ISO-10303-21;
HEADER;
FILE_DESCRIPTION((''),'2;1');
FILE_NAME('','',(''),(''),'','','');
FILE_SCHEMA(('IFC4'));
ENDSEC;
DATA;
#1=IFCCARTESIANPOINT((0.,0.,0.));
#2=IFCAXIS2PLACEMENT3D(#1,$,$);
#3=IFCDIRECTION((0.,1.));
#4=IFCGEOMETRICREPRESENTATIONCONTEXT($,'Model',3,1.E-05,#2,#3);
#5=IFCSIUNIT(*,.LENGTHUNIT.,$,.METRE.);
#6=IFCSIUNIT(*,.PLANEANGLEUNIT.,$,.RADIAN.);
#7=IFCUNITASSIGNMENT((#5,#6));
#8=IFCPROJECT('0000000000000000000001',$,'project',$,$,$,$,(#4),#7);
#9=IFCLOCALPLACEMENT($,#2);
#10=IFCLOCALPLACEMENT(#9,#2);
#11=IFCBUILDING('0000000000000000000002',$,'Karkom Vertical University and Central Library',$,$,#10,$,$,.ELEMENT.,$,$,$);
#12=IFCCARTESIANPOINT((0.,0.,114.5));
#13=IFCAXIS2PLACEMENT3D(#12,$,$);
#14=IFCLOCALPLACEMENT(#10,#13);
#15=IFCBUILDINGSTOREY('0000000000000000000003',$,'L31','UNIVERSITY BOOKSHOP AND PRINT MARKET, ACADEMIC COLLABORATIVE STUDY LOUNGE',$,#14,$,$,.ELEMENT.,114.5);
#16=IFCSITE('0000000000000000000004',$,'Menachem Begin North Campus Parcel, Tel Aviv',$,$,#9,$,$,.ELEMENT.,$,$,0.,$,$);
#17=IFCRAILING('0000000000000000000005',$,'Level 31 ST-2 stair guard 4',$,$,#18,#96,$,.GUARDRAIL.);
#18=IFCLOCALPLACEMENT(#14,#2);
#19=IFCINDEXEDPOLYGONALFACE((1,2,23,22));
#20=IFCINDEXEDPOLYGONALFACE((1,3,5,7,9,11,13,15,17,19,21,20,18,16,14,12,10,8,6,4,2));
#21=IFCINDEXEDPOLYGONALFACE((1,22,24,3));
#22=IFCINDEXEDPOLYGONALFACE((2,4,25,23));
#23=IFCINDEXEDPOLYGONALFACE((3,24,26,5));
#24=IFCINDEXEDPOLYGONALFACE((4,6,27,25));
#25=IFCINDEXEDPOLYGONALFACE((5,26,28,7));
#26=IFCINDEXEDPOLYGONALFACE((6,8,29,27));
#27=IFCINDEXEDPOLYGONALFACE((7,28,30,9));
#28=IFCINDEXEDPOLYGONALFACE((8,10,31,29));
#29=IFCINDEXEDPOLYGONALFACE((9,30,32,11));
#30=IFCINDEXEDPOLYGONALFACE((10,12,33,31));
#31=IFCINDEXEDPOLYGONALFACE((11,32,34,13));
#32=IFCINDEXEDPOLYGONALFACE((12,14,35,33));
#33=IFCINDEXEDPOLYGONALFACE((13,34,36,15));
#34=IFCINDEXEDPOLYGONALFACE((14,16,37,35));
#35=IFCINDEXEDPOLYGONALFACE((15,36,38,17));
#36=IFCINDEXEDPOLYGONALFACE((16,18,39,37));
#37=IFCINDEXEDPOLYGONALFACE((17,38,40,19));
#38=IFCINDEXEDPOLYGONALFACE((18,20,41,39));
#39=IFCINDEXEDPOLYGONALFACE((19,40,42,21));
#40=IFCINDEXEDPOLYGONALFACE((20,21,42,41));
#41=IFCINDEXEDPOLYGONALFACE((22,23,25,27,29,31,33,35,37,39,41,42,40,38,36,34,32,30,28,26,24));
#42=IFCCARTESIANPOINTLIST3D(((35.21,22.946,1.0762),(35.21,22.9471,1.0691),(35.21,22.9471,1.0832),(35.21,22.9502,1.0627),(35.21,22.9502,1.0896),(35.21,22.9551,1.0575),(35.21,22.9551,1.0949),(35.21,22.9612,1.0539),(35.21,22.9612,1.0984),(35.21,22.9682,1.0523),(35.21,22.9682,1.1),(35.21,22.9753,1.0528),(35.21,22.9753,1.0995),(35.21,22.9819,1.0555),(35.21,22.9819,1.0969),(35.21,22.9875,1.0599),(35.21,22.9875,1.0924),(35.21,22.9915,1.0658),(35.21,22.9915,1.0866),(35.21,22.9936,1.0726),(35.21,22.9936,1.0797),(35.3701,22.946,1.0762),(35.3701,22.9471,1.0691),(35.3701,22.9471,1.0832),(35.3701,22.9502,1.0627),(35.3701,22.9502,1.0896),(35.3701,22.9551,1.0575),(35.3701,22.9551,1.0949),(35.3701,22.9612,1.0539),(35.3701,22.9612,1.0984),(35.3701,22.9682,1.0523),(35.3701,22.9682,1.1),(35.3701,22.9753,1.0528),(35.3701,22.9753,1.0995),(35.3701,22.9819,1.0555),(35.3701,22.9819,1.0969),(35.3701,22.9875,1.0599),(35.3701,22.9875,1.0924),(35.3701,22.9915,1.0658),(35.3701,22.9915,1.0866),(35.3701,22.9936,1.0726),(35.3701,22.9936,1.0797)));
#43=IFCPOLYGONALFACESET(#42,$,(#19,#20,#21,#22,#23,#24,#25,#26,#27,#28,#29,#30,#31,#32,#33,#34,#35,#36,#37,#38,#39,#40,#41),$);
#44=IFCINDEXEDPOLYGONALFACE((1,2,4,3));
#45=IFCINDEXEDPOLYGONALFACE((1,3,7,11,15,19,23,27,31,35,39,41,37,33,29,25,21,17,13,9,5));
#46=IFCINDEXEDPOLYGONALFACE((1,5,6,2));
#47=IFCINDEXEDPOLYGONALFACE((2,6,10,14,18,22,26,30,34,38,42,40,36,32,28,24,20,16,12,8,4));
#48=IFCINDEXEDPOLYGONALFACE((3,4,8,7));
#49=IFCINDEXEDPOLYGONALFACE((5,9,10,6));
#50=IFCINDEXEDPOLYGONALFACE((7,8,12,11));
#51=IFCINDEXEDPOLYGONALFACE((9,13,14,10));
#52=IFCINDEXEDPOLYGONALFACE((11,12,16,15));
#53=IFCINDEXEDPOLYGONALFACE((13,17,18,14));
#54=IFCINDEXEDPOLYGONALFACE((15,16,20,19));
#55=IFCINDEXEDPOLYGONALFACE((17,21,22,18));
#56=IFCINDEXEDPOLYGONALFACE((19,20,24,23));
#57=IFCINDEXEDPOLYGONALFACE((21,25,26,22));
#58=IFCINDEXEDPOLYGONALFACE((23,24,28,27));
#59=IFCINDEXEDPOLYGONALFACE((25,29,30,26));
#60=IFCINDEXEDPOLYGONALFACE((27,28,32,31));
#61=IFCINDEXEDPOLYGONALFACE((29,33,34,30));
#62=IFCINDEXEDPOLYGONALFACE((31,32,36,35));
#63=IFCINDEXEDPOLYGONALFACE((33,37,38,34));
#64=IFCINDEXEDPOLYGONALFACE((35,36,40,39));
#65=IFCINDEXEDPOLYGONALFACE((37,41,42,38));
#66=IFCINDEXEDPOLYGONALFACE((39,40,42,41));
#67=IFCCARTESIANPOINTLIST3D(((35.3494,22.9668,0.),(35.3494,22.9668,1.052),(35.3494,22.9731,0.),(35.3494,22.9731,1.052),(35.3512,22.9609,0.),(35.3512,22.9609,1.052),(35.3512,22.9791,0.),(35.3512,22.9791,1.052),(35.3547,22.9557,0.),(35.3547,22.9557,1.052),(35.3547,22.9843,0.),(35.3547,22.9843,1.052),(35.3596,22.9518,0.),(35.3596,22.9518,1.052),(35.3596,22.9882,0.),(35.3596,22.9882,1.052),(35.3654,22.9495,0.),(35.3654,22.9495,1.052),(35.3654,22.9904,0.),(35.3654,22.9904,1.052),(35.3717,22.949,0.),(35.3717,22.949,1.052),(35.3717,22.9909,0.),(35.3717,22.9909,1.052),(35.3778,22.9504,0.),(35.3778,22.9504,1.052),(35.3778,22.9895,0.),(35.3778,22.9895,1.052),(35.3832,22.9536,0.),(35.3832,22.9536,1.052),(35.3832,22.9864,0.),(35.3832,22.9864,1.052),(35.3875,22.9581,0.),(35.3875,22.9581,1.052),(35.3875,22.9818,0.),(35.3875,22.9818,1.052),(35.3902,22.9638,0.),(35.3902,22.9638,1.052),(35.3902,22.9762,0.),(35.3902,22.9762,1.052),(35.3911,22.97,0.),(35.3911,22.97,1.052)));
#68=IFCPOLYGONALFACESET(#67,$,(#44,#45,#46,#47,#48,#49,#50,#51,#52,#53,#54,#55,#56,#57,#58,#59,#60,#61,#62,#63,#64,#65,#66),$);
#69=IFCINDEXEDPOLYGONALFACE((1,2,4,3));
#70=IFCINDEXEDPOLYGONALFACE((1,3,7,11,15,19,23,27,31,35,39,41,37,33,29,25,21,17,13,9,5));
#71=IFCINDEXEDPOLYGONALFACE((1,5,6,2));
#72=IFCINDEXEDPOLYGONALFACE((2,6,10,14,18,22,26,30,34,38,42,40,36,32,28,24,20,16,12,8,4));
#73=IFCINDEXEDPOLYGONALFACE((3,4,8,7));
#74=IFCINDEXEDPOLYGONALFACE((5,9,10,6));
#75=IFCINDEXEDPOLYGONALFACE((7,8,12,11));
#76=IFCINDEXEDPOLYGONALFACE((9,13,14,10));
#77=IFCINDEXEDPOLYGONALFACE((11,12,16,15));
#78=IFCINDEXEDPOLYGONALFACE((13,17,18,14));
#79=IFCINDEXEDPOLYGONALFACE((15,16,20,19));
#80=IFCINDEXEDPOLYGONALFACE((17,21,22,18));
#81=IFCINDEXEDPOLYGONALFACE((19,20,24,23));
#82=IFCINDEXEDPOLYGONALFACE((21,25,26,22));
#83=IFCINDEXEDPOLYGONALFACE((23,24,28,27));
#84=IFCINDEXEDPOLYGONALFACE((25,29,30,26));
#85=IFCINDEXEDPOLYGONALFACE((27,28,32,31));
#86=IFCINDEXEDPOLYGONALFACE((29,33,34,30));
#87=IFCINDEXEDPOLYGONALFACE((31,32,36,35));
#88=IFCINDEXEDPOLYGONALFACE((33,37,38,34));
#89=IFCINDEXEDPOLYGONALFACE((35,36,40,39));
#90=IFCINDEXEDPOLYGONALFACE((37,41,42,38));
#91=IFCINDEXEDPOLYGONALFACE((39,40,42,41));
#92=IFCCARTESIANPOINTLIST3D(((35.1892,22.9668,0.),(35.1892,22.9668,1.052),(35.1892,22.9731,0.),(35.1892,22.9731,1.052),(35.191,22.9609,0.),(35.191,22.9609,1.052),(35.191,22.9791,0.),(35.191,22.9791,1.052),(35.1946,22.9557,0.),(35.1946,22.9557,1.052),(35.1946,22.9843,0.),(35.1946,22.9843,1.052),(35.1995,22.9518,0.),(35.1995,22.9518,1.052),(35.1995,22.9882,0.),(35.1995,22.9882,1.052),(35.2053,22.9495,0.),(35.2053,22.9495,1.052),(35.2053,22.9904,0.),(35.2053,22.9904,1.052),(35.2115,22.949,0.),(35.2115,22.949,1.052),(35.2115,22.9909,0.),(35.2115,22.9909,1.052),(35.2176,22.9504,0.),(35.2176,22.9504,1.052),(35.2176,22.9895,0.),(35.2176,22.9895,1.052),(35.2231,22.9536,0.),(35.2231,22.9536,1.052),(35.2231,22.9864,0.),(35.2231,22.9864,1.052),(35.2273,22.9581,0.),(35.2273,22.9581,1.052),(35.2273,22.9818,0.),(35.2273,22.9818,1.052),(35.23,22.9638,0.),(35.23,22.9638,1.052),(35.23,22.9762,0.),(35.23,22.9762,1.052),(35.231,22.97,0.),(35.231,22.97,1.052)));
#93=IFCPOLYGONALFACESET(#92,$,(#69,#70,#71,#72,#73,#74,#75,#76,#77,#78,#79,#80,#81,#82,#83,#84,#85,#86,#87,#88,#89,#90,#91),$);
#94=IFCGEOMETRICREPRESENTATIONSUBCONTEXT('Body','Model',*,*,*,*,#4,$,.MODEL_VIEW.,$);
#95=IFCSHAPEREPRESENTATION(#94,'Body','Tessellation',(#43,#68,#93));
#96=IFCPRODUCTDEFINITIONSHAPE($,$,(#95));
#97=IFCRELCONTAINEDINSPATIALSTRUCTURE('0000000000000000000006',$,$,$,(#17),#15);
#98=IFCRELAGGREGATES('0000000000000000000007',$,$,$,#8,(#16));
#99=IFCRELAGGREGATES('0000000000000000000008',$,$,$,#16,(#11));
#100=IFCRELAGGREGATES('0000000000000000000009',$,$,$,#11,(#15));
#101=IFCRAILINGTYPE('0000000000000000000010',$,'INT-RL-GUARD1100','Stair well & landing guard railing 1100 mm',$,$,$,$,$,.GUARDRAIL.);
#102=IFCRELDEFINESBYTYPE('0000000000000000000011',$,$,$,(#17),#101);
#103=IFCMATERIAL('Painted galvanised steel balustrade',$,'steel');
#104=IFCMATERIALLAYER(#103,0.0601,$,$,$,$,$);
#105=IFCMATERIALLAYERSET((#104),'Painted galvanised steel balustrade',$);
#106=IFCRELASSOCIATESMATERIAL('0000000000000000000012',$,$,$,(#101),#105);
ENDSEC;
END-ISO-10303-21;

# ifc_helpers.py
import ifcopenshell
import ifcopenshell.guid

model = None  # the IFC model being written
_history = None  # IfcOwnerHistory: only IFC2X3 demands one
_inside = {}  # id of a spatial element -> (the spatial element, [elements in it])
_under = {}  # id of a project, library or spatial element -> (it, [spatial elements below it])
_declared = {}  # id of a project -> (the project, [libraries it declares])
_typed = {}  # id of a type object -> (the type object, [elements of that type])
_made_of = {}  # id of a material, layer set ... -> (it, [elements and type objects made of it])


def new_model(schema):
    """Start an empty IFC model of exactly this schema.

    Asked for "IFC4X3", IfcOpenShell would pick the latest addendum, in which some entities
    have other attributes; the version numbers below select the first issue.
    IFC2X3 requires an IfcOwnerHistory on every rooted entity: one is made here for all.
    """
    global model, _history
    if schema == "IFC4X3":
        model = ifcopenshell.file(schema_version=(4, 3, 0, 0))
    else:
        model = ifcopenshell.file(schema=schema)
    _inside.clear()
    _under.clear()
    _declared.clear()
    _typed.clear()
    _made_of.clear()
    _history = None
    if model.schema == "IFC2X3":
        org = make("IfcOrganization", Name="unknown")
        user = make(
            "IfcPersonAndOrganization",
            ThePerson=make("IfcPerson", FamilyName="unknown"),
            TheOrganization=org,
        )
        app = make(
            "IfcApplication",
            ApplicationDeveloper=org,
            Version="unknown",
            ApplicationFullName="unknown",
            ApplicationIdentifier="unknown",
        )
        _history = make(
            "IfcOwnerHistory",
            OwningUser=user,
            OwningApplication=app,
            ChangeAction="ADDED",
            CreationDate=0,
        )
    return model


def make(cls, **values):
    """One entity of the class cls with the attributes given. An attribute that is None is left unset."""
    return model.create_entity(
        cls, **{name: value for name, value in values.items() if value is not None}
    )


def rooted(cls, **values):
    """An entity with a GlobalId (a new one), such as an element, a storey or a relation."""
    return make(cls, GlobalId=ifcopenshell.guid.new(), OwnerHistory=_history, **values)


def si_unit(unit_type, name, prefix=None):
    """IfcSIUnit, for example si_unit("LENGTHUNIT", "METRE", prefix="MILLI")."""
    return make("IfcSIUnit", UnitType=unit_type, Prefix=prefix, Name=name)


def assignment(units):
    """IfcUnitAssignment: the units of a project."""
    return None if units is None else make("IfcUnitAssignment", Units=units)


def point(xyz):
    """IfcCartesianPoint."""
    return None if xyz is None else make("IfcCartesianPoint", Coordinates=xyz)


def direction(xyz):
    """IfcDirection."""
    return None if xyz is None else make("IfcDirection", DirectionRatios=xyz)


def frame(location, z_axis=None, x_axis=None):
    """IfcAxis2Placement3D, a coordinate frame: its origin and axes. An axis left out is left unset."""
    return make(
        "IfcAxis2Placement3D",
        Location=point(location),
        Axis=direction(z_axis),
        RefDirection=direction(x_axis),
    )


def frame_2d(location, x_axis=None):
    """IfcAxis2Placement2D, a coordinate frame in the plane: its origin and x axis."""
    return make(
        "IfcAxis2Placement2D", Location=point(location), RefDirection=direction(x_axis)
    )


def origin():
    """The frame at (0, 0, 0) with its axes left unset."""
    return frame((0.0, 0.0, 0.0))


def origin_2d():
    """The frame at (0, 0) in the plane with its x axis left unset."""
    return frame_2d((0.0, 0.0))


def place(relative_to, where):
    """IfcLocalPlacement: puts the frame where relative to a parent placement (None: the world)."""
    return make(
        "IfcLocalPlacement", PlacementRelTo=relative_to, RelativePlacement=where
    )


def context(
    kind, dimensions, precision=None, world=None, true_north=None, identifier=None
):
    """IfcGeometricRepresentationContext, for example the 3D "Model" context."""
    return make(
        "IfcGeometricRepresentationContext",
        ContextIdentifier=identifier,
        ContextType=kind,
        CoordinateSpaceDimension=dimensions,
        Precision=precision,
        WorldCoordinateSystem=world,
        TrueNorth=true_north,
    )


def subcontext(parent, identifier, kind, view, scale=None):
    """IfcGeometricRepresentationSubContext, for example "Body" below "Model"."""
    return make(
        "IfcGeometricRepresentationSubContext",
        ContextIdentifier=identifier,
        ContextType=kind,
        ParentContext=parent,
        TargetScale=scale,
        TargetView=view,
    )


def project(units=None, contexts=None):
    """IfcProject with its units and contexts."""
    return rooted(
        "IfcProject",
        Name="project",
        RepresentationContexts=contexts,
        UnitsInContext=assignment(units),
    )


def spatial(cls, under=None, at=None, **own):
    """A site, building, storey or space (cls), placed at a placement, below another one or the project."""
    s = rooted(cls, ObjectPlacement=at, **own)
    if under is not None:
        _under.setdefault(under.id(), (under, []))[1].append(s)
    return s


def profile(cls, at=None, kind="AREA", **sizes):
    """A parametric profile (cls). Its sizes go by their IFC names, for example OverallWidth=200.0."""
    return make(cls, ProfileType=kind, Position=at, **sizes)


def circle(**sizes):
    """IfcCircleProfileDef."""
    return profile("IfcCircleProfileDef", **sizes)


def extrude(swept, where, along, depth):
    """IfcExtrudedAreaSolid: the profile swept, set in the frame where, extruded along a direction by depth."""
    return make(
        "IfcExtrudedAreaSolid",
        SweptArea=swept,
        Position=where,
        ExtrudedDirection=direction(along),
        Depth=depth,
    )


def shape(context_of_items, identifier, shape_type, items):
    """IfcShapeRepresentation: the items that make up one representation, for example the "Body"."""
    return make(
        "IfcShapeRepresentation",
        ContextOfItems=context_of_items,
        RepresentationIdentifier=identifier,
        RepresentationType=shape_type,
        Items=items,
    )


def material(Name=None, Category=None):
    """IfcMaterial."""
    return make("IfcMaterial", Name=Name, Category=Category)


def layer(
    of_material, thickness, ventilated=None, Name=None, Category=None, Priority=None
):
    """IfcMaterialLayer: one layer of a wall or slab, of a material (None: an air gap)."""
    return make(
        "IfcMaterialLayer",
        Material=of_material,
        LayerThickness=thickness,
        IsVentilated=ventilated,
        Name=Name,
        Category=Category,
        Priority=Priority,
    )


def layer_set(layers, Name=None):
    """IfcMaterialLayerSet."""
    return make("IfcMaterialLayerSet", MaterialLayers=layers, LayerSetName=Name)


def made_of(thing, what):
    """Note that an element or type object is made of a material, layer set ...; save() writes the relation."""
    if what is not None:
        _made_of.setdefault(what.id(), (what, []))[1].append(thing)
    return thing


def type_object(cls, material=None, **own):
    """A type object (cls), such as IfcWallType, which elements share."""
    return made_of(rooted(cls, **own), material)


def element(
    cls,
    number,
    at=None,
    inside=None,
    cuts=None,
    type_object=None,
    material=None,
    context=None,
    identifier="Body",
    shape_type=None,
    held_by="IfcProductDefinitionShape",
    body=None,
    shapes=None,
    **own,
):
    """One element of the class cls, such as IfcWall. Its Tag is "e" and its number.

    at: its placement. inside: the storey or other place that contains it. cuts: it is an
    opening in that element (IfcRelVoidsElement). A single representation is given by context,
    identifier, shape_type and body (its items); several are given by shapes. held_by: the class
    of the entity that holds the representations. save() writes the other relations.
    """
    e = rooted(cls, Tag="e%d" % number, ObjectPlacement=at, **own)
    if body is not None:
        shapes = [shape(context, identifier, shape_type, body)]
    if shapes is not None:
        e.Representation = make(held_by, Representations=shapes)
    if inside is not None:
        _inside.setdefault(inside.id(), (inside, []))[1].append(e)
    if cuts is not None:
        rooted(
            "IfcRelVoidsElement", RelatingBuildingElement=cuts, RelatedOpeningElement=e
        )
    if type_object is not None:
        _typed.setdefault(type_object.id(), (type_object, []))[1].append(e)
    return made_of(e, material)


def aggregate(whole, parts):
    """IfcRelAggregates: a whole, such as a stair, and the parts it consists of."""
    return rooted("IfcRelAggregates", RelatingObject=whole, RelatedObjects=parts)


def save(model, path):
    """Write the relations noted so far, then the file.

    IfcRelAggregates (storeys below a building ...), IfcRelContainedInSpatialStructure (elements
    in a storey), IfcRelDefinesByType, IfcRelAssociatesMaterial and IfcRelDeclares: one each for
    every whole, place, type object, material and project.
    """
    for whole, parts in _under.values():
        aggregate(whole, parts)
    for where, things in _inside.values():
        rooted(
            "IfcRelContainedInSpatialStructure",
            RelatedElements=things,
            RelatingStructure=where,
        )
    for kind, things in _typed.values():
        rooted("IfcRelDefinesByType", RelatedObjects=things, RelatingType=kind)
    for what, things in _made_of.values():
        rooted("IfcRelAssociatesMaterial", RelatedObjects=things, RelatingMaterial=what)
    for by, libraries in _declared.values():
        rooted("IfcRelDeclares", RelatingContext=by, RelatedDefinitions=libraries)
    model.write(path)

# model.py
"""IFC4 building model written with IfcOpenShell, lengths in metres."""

from ifc_helpers import new_model, si_unit, direction, frame, origin, origin_2d, place, context, subcontext, project, spatial, circle, extrude, material, layer, layer_set, type_object, element, save


model = new_model("IFC4")

# Units and contexts
model_context = context("Model", 3, precision=1e-05, world=origin(), true_north=direction((0.0, 1.0)))
body_context = subcontext(model_context, "Body", "Model", "MODEL_VIEW")
ifc_project = project(units=[si_unit("LENGTHUNIT", "METRE"), si_unit("PLANEANGLEUNIT", "RADIAN")], contexts=[model_context])

# Site, building, storey
site_placement = place(None, origin())
site = spatial("IfcSite", under=ifc_project, at=site_placement, Name="Menachem Begin North Campus Parcel, Tel Aviv", CompositionType="ELEMENT", RefElevation=0.0)
building_placement = place(site_placement, origin())
building = spatial("IfcBuilding", under=site, at=building_placement, Name="Karkom Vertical University and Central Library", CompositionType="ELEMENT")
storey_placement = place(building_placement, frame((0.0, 0.0, 114.5)))
storey = spatial("IfcBuildingStorey", under=building, at=storey_placement, Name="L31", Description="UNIVERSITY BOOKSHOP AND PRINT MARKET, ACADEMIC COLLABORATIVE STUDY LOUNGE", CompositionType="ELEMENT", Elevation=114.5)

# Railing
ifc_material_1 = material(Name="Painted galvanised steel balustrade", Category="steel")
ifc_layer_1 = layer(ifc_material_1, 0.0601)
ifc_layer_set_1 = layer_set([ifc_layer_1], Name="Painted galvanised steel balustrade")
railing_type_1 = type_object("IfcRailingType", Name="INT-RL-GUARD1100", Description="Stair well & landing guard railing 1100 mm", PredefinedType="GUARDRAIL", material=ifc_layer_set_1)
railing_1_placement = place(storey_placement, frame((35.3701, 22.97, 0.0)))
element("IfcRailing", 1, at=railing_1_placement, inside=storey, type_object=railing_type_1, Name="Level 31 ST-2 stair guard 4", PredefinedType="GUARDRAIL", context=body_context, shape_type="SweptSolid", body=[
    extrude(circle(Radius=0.0239, at=origin_2d()), frame((0.0, 0.0, 1.0762), z_axis=(-1.0, 0.0, 0.0), x_axis=(0.0, -1.0, 0.0)), (0.0, 0.0, 1.0), 0.1602),
    extrude(circle(Radius=0.021, at=origin_2d()), origin(), (0.0, 0.0, 1.0), 1.052),
    extrude(circle(Radius=0.021, at=origin_2d()), frame((-0.1602, 0.0, 0.0)), (0.0, 0.0, 1.0), 1.052),
])

save(model, "model.ifc")
